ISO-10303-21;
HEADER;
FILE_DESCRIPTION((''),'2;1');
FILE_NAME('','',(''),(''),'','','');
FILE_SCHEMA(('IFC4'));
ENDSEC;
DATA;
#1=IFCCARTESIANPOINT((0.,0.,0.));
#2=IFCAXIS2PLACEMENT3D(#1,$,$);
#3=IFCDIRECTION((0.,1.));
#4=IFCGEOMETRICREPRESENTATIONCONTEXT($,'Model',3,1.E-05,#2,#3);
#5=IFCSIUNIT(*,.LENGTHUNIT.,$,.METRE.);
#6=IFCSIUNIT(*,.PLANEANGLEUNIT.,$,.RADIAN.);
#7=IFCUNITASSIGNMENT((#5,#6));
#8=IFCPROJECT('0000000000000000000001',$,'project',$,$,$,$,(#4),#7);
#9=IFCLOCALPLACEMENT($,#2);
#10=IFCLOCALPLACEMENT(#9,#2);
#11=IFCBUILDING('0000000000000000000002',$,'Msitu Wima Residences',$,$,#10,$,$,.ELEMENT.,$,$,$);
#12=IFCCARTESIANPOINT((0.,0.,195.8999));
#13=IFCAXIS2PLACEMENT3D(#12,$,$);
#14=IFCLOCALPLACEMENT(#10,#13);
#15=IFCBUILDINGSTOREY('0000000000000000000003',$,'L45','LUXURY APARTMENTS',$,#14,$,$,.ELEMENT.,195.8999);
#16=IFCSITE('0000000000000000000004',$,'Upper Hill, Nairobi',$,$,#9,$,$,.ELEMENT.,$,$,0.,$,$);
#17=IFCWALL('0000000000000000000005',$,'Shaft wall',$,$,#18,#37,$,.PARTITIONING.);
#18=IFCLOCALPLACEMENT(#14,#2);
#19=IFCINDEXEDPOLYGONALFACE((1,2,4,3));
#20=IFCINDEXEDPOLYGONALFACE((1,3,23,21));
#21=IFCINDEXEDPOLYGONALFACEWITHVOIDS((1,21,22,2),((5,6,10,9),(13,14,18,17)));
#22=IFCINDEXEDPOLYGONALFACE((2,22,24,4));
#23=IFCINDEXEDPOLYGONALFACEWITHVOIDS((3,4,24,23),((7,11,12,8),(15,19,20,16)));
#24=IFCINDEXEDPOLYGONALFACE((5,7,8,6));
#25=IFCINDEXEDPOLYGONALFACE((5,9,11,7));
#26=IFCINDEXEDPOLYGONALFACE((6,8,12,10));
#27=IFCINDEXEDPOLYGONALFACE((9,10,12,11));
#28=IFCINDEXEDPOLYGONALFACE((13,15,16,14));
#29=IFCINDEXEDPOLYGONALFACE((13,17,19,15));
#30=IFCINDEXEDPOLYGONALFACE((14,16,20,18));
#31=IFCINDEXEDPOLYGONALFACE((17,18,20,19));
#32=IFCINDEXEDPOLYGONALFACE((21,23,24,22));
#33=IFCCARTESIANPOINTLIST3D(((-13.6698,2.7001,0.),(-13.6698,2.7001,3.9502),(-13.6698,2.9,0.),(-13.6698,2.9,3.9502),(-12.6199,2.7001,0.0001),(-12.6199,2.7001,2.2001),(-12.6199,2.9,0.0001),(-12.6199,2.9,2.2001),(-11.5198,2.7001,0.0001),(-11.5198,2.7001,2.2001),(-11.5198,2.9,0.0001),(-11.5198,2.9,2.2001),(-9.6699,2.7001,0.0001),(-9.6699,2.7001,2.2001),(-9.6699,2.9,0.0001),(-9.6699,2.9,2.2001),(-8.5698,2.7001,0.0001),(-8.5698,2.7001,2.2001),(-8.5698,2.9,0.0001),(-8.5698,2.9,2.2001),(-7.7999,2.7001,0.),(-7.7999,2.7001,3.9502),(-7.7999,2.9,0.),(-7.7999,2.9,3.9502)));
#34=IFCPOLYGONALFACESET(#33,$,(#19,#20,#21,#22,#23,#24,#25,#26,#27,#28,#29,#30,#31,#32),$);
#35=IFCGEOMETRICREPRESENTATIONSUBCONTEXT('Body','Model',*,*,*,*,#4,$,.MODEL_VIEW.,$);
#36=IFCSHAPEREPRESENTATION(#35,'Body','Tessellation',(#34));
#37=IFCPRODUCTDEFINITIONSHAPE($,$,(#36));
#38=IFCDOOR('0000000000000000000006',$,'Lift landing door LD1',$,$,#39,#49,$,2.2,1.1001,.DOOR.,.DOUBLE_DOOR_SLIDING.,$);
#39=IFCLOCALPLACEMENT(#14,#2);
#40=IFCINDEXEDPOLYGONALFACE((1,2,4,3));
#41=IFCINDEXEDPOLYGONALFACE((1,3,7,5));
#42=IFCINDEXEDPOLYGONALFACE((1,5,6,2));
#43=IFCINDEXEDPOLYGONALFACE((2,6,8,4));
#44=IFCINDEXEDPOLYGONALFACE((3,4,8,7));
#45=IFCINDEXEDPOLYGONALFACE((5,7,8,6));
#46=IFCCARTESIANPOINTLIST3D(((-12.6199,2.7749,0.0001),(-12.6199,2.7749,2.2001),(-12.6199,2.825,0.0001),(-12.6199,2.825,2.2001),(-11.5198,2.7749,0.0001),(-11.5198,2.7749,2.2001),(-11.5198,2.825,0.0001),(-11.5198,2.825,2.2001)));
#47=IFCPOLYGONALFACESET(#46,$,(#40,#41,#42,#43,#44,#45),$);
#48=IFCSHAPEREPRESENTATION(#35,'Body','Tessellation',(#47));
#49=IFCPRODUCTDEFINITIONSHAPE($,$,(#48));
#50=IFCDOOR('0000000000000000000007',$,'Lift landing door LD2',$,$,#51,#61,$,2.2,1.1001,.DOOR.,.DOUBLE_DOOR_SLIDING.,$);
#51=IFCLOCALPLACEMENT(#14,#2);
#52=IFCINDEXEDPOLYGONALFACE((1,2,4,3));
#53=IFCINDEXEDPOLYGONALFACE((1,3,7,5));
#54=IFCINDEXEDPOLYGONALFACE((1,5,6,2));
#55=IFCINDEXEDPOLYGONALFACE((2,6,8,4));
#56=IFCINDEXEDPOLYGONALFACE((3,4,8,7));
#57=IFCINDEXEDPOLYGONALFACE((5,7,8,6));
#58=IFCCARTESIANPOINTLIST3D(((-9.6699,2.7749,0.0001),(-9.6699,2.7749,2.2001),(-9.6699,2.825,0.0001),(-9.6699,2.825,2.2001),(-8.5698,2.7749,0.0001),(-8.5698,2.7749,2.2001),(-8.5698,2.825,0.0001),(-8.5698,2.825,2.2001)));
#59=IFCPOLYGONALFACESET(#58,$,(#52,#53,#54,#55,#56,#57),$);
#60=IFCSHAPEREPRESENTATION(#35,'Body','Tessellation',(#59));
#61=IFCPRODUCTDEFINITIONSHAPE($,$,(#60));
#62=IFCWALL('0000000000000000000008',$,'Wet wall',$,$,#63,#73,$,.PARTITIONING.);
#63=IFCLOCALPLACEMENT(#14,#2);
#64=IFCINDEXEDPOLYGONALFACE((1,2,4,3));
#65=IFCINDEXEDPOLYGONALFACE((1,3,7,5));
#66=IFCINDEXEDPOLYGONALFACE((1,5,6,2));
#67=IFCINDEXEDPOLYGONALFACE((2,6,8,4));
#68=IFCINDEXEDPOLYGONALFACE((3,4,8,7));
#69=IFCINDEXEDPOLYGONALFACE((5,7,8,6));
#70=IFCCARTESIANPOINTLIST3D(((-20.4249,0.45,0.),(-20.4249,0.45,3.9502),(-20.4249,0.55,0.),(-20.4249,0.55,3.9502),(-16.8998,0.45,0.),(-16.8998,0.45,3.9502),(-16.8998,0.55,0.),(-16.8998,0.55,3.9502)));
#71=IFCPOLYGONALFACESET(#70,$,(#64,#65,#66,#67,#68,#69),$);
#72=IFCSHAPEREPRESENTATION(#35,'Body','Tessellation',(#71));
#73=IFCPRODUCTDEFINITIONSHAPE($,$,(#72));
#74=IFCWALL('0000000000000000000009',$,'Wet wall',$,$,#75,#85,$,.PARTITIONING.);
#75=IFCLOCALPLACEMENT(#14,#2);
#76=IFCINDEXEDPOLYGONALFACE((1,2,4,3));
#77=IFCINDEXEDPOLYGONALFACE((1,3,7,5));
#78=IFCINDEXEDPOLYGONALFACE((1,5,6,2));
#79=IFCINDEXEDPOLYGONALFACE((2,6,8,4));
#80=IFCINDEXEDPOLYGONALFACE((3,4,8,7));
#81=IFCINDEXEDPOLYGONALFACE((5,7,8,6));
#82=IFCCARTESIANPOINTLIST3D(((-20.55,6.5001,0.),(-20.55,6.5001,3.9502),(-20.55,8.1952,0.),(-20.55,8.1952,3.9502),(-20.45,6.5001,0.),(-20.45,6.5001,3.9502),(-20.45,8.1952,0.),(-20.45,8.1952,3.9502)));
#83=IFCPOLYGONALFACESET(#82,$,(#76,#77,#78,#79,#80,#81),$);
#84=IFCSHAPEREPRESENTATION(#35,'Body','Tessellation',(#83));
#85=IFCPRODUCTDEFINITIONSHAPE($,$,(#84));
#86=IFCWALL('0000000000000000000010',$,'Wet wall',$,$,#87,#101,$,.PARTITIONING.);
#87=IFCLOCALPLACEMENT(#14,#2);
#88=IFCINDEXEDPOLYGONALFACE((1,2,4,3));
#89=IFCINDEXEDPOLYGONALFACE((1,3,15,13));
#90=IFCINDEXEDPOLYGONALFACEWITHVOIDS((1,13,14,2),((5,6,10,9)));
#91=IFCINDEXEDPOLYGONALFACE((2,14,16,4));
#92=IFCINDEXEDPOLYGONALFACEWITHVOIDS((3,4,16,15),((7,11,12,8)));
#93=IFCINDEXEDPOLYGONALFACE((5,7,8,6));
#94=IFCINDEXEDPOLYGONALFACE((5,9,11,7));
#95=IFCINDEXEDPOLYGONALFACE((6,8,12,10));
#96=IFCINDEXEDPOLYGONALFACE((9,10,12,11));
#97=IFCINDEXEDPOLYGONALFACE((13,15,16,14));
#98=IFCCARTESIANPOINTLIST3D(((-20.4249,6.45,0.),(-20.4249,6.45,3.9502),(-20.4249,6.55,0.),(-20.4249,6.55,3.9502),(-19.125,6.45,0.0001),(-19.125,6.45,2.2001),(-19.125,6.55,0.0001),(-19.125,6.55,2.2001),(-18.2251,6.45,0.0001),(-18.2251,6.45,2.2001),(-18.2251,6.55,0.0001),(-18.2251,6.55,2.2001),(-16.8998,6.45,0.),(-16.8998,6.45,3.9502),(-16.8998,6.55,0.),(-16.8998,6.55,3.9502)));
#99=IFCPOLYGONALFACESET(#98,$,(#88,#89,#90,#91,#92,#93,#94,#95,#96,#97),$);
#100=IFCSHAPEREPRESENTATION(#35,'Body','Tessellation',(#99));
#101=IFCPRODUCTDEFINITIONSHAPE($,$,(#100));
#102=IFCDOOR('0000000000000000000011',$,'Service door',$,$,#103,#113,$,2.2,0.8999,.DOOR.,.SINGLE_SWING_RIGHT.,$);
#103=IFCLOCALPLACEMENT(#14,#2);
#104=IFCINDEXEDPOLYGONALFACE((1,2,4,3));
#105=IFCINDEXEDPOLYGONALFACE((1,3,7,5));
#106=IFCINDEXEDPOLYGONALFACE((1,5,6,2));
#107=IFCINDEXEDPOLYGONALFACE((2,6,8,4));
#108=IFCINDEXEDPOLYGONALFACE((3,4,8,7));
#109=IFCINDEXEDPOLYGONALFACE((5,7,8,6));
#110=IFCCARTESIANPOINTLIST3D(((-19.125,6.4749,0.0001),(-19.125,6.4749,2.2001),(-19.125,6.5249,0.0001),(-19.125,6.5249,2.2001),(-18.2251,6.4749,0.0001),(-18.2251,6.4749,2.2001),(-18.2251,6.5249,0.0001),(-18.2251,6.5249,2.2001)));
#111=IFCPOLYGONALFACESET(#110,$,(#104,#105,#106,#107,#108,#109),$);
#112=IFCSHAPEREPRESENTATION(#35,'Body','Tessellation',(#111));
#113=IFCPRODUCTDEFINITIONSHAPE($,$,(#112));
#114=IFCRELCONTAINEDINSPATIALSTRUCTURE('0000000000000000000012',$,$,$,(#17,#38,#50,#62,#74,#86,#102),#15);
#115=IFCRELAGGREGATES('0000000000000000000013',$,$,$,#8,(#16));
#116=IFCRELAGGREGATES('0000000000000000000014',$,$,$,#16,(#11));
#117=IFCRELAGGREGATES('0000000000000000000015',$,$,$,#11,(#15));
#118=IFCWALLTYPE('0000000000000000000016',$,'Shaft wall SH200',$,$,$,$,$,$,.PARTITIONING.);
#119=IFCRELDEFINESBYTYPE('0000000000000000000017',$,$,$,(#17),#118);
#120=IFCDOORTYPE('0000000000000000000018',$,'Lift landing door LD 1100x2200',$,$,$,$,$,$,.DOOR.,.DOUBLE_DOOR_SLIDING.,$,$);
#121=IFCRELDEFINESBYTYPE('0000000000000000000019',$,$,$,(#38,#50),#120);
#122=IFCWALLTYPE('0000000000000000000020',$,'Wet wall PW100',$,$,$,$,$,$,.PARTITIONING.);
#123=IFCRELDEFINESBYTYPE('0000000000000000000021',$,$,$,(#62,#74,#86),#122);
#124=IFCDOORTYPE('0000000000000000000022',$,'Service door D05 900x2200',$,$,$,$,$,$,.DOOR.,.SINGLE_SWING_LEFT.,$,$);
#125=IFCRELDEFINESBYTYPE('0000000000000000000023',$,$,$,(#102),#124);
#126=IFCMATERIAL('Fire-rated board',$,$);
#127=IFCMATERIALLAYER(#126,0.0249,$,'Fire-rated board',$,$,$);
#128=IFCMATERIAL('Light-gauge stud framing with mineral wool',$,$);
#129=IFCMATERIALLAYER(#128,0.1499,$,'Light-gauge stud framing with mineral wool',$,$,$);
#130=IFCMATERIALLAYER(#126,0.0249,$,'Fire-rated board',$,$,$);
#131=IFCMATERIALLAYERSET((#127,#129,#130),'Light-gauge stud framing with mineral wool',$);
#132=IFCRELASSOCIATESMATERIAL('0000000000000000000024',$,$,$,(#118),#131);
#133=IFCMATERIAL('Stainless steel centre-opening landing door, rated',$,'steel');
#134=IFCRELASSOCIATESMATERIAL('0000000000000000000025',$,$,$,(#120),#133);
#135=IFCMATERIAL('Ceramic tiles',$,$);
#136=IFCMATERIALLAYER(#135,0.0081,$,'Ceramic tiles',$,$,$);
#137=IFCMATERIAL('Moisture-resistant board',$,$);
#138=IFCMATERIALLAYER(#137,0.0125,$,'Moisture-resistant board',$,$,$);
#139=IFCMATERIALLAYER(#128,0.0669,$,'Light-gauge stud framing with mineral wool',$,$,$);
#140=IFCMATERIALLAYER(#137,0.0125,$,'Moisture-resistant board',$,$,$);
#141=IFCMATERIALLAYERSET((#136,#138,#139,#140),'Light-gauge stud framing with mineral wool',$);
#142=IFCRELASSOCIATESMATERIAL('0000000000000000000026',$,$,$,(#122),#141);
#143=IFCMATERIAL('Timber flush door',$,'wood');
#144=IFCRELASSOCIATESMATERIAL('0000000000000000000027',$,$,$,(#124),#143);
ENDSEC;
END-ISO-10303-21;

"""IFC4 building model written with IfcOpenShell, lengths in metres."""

from ifc_helpers import new_model, si_unit, direction, frame, frame_2d, origin, place, context, subcontext, project, spatial, rectangle, extrude, material, layer, layer_set, type_object, element, fill, save


model = new_model("IFC4")

# Units and contexts
model_context = context("Model", 3, precision=1e-05, world=origin(), true_north=direction((0.0, 1.0)))
body_context = subcontext(model_context, "Body", "Model", "MODEL_VIEW")
ifc_project = project(units=[si_unit("LENGTHUNIT", "METRE"), si_unit("PLANEANGLEUNIT", "RADIAN")], contexts=[model_context])

# Site, building, storey
site_placement = place(None, origin())
site = spatial("IfcSite", under=ifc_project, at=site_placement, Name="Upper Hill, Nairobi", CompositionType="ELEMENT", RefElevation=0.0)
building_placement = place(site_placement, origin())
building = spatial("IfcBuilding", under=site, at=building_placement, Name="Msitu Wima Residences", CompositionType="ELEMENT")
storey_placement = place(building_placement, frame((0.0, 0.0, 195.8999)))
storey = spatial("IfcBuildingStorey", under=building, at=storey_placement, Name="L45", Description="LUXURY APARTMENTS", CompositionType="ELEMENT", Elevation=195.8999)

# Shared definitions
ifc_material_1 = material(Name="Timber flush door", Category="wood")

# Wall, openings, doors
ifc_material_2 = material(Name="Fire-rated board")
ifc_layer_1 = layer(ifc_material_2, 0.0249, Name="Fire-rated board")
ifc_material_3 = material(Name="Light-gauge stud framing with mineral wool")
ifc_layer_2 = layer(ifc_material_3, 0.1499, Name="Light-gauge stud framing with mineral wool")
ifc_layer_3 = layer(ifc_material_2, 0.0249, Name="Fire-rated board")
ifc_layer_set_1 = layer_set([ifc_layer_1, ifc_layer_2, ifc_layer_3], Name="Light-gauge stud framing with mineral wool")
wall_type_1 = type_object("IfcWallType", Name="Shaft wall SH200", PredefinedType="PARTITIONING", material=ifc_layer_set_1)
wall_1_placement = place(storey_placement, frame((-13.6699, 2.8, 0.0), z_axis=(0.0, 0.0, 1.0), x_axis=(1.0, 0.0, 0.0)))
wall_1 = element("IfcWall", 1, at=wall_1_placement, inside=storey, type_object=wall_type_1, Name="Shaft wall", PredefinedType="PARTITIONING", context=body_context, shape_type="SweptSolid", body=[
    extrude(rectangle(XDim=5.8699, YDim=0.2, at=frame_2d((2.9351, 0.0))), origin(), (0.0, 0.0, 1.0), 3.9502),
])
opening_1_placement = place(wall_1_placement, frame((1.05, 0.0, 0.0)))
opening_1 = element("IfcOpeningElement", 2, at=opening_1_placement, cuts=wall_1, PredefinedType="OPENING", context=body_context, shape_type="SweptSolid", body=[
    extrude(rectangle(XDim=1.1001, YDim=2.2, at=frame_2d((0.55, 1.1001))), frame((0.0, 0.1099, 0.0), z_axis=(0.0, -1.0, 0.0), x_axis=(1.0, 0.0, 0.0)), (0.0, 0.0, 1.0), 0.22),
])
opening_2_placement = place(wall_1_placement, frame((4.0, 0.0, 0.0)))
opening_2 = element("IfcOpeningElement", 3, at=opening_2_placement, cuts=wall_1, PredefinedType="OPENING", context=body_context, shape_type="SweptSolid", body=[
    extrude(rectangle(XDim=1.1001, YDim=2.2, at=frame_2d((0.55, 1.1001))), frame((0.0, 0.1099, 0.0), z_axis=(0.0, -1.0, 0.0), x_axis=(1.0, 0.0, 0.0)), (0.0, 0.0, 1.0), 0.22),
])
ifc_material_4 = material(Name="Stainless steel centre-opening landing door, rated", Category="steel")
door_type_1 = type_object("IfcDoorType", Name="Lift landing door LD 1100x2200", OperationType="DOUBLE_DOOR_SLIDING", PredefinedType="DOOR", material=ifc_material_4)
door_1_placement = place(opening_1_placement, origin())
door_1 = element("IfcDoor", 4, at=door_1_placement, inside=storey, type_object=door_type_1, Name="Lift landing door LD1", OperationType="DOUBLE_DOOR_SLIDING", OverallHeight=2.2, OverallWidth=1.1001, PredefinedType="DOOR", context=body_context, shape_type="SweptSolid", body=[
    extrude(rectangle(XDim=1.1001, YDim=2.2, at=frame_2d((0.55, 1.1001))), frame((0.0, 0.0249, 0.0), z_axis=(0.0, -1.0, 0.0), x_axis=(1.0, 0.0, 0.0)), (0.0, 0.0, 1.0), 0.05),
])
fill(opening_1, door_1)
door_2_placement = place(opening_2_placement, origin())
door_2 = element("IfcDoor", 5, at=door_2_placement, inside=storey, type_object=door_type_1, Name="Lift landing door LD2", OperationType="DOUBLE_DOOR_SLIDING", OverallHeight=2.2, OverallWidth=1.1001, PredefinedType="DOOR", context=body_context, shape_type="SweptSolid", body=[
    extrude(rectangle(XDim=1.1001, YDim=2.2, at=frame_2d((0.55, 1.1001))), frame((0.0, 0.0249, 0.0), z_axis=(0.0, -1.0, 0.0), x_axis=(1.0, 0.0, 0.0)), (0.0, 0.0, 1.0), 0.05),
])
fill(opening_2, door_2)

# Walls
ifc_material_5 = material(Name="Ceramic tiles")
ifc_layer_4 = layer(ifc_material_5, 0.0081, Name="Ceramic tiles")
ifc_material_6 = material(Name="Moisture-resistant board")
ifc_layer_5 = layer(ifc_material_6, 0.0125, Name="Moisture-resistant board")
ifc_layer_6 = layer(ifc_material_3, 0.0669, Name="Light-gauge stud framing with mineral wool")
ifc_layer_7 = layer(ifc_material_6, 0.0125, Name="Moisture-resistant board")
ifc_layer_set_2 = layer_set([ifc_layer_4, ifc_layer_5, ifc_layer_6, ifc_layer_7], Name="Light-gauge stud framing with mineral wool")
wall_type_2 = type_object("IfcWallType", Name="Wet wall PW100", PredefinedType="PARTITIONING", material=ifc_layer_set_2)
wall_2_placement = place(storey_placement, frame((-20.425, 0.5, 0.0), z_axis=(0.0, 0.0, 1.0), x_axis=(1.0, 0.0, 0.0)))
element("IfcWall", 6, at=wall_2_placement, inside=storey, type_object=wall_type_2, Name="Wet wall", PredefinedType="PARTITIONING", context=body_context, shape_type="SweptSolid", body=[
    extrude(rectangle(XDim=3.5251, YDim=0.1001, at=frame_2d((1.7627, 0.0))), origin(), (0.0, 0.0, 1.0), 3.9502),
])
wall_3_placement = place(storey_placement, frame((-20.5, 6.5, 0.0), z_axis=(0.0, 0.0, 1.0), x_axis=(0.0, 1.0, 0.0)))
element("IfcWall", 7, at=wall_3_placement, inside=storey, type_object=wall_type_2, Name="Wet wall", PredefinedType="PARTITIONING", context=body_context, shape_type="SweptSolid", body=[
    extrude(rectangle(XDim=1.6951, YDim=0.1001, at=frame_2d((0.8477, 0.0))), origin(), (0.0, 0.0, 1.0), 3.9502),
])

# Wall, opening, door
wall_4_placement = place(storey_placement, frame((-20.425, 6.5, 0.0), z_axis=(0.0, 0.0, 1.0), x_axis=(1.0, 0.0, 0.0)))
wall_4 = element("IfcWall", 8, at=wall_4_placement, inside=storey, type_object=wall_type_2, Name="Wet wall", PredefinedType="PARTITIONING", context=body_context, shape_type="SweptSolid", body=[
    extrude(rectangle(XDim=3.5251, YDim=0.1001, at=frame_2d((1.7627, 0.0))), origin(), (0.0, 0.0, 1.0), 3.9502),
])
opening_3_placement = place(wall_4_placement, frame((1.3, 0.0, 0.0)))
opening_3 = element("IfcOpeningElement", 9, at=opening_3_placement, cuts=wall_4, PredefinedType="OPENING", context=body_context, shape_type="SweptSolid", body=[
    extrude(rectangle(XDim=0.8999, YDim=2.2, at=frame_2d((0.45, 1.1001))), frame((0.0, 0.0601, 0.0), z_axis=(0.0, -1.0, 0.0), x_axis=(1.0, 0.0, 0.0)), (0.0, 0.0, 1.0), 0.1201),
])
door_type_2 = type_object("IfcDoorType", Name="Service door D05 900x2200", OperationType="SINGLE_SWING_LEFT", PredefinedType="DOOR", material=ifc_material_1)
door_3_placement = place(opening_3_placement, origin())
door_3 = element("IfcDoor", 10, at=door_3_placement, inside=storey, type_object=door_type_2, Name="Service door", OperationType="SINGLE_SWING_RIGHT", OverallHeight=2.2, OverallWidth=0.8999, PredefinedType="DOOR", context=body_context, shape_type="SweptSolid", body=[
    extrude(rectangle(XDim=0.8999, YDim=2.2, at=frame_2d((0.45, 1.1001))), frame((0.0, 0.0249, 0.0), z_axis=(0.0, -1.0, 0.0), x_axis=(1.0, 0.0, 0.0)), (0.0, 0.0, 1.0), 0.05),
])
fill(opening_3, door_3)

save(model, "model.ifc")
